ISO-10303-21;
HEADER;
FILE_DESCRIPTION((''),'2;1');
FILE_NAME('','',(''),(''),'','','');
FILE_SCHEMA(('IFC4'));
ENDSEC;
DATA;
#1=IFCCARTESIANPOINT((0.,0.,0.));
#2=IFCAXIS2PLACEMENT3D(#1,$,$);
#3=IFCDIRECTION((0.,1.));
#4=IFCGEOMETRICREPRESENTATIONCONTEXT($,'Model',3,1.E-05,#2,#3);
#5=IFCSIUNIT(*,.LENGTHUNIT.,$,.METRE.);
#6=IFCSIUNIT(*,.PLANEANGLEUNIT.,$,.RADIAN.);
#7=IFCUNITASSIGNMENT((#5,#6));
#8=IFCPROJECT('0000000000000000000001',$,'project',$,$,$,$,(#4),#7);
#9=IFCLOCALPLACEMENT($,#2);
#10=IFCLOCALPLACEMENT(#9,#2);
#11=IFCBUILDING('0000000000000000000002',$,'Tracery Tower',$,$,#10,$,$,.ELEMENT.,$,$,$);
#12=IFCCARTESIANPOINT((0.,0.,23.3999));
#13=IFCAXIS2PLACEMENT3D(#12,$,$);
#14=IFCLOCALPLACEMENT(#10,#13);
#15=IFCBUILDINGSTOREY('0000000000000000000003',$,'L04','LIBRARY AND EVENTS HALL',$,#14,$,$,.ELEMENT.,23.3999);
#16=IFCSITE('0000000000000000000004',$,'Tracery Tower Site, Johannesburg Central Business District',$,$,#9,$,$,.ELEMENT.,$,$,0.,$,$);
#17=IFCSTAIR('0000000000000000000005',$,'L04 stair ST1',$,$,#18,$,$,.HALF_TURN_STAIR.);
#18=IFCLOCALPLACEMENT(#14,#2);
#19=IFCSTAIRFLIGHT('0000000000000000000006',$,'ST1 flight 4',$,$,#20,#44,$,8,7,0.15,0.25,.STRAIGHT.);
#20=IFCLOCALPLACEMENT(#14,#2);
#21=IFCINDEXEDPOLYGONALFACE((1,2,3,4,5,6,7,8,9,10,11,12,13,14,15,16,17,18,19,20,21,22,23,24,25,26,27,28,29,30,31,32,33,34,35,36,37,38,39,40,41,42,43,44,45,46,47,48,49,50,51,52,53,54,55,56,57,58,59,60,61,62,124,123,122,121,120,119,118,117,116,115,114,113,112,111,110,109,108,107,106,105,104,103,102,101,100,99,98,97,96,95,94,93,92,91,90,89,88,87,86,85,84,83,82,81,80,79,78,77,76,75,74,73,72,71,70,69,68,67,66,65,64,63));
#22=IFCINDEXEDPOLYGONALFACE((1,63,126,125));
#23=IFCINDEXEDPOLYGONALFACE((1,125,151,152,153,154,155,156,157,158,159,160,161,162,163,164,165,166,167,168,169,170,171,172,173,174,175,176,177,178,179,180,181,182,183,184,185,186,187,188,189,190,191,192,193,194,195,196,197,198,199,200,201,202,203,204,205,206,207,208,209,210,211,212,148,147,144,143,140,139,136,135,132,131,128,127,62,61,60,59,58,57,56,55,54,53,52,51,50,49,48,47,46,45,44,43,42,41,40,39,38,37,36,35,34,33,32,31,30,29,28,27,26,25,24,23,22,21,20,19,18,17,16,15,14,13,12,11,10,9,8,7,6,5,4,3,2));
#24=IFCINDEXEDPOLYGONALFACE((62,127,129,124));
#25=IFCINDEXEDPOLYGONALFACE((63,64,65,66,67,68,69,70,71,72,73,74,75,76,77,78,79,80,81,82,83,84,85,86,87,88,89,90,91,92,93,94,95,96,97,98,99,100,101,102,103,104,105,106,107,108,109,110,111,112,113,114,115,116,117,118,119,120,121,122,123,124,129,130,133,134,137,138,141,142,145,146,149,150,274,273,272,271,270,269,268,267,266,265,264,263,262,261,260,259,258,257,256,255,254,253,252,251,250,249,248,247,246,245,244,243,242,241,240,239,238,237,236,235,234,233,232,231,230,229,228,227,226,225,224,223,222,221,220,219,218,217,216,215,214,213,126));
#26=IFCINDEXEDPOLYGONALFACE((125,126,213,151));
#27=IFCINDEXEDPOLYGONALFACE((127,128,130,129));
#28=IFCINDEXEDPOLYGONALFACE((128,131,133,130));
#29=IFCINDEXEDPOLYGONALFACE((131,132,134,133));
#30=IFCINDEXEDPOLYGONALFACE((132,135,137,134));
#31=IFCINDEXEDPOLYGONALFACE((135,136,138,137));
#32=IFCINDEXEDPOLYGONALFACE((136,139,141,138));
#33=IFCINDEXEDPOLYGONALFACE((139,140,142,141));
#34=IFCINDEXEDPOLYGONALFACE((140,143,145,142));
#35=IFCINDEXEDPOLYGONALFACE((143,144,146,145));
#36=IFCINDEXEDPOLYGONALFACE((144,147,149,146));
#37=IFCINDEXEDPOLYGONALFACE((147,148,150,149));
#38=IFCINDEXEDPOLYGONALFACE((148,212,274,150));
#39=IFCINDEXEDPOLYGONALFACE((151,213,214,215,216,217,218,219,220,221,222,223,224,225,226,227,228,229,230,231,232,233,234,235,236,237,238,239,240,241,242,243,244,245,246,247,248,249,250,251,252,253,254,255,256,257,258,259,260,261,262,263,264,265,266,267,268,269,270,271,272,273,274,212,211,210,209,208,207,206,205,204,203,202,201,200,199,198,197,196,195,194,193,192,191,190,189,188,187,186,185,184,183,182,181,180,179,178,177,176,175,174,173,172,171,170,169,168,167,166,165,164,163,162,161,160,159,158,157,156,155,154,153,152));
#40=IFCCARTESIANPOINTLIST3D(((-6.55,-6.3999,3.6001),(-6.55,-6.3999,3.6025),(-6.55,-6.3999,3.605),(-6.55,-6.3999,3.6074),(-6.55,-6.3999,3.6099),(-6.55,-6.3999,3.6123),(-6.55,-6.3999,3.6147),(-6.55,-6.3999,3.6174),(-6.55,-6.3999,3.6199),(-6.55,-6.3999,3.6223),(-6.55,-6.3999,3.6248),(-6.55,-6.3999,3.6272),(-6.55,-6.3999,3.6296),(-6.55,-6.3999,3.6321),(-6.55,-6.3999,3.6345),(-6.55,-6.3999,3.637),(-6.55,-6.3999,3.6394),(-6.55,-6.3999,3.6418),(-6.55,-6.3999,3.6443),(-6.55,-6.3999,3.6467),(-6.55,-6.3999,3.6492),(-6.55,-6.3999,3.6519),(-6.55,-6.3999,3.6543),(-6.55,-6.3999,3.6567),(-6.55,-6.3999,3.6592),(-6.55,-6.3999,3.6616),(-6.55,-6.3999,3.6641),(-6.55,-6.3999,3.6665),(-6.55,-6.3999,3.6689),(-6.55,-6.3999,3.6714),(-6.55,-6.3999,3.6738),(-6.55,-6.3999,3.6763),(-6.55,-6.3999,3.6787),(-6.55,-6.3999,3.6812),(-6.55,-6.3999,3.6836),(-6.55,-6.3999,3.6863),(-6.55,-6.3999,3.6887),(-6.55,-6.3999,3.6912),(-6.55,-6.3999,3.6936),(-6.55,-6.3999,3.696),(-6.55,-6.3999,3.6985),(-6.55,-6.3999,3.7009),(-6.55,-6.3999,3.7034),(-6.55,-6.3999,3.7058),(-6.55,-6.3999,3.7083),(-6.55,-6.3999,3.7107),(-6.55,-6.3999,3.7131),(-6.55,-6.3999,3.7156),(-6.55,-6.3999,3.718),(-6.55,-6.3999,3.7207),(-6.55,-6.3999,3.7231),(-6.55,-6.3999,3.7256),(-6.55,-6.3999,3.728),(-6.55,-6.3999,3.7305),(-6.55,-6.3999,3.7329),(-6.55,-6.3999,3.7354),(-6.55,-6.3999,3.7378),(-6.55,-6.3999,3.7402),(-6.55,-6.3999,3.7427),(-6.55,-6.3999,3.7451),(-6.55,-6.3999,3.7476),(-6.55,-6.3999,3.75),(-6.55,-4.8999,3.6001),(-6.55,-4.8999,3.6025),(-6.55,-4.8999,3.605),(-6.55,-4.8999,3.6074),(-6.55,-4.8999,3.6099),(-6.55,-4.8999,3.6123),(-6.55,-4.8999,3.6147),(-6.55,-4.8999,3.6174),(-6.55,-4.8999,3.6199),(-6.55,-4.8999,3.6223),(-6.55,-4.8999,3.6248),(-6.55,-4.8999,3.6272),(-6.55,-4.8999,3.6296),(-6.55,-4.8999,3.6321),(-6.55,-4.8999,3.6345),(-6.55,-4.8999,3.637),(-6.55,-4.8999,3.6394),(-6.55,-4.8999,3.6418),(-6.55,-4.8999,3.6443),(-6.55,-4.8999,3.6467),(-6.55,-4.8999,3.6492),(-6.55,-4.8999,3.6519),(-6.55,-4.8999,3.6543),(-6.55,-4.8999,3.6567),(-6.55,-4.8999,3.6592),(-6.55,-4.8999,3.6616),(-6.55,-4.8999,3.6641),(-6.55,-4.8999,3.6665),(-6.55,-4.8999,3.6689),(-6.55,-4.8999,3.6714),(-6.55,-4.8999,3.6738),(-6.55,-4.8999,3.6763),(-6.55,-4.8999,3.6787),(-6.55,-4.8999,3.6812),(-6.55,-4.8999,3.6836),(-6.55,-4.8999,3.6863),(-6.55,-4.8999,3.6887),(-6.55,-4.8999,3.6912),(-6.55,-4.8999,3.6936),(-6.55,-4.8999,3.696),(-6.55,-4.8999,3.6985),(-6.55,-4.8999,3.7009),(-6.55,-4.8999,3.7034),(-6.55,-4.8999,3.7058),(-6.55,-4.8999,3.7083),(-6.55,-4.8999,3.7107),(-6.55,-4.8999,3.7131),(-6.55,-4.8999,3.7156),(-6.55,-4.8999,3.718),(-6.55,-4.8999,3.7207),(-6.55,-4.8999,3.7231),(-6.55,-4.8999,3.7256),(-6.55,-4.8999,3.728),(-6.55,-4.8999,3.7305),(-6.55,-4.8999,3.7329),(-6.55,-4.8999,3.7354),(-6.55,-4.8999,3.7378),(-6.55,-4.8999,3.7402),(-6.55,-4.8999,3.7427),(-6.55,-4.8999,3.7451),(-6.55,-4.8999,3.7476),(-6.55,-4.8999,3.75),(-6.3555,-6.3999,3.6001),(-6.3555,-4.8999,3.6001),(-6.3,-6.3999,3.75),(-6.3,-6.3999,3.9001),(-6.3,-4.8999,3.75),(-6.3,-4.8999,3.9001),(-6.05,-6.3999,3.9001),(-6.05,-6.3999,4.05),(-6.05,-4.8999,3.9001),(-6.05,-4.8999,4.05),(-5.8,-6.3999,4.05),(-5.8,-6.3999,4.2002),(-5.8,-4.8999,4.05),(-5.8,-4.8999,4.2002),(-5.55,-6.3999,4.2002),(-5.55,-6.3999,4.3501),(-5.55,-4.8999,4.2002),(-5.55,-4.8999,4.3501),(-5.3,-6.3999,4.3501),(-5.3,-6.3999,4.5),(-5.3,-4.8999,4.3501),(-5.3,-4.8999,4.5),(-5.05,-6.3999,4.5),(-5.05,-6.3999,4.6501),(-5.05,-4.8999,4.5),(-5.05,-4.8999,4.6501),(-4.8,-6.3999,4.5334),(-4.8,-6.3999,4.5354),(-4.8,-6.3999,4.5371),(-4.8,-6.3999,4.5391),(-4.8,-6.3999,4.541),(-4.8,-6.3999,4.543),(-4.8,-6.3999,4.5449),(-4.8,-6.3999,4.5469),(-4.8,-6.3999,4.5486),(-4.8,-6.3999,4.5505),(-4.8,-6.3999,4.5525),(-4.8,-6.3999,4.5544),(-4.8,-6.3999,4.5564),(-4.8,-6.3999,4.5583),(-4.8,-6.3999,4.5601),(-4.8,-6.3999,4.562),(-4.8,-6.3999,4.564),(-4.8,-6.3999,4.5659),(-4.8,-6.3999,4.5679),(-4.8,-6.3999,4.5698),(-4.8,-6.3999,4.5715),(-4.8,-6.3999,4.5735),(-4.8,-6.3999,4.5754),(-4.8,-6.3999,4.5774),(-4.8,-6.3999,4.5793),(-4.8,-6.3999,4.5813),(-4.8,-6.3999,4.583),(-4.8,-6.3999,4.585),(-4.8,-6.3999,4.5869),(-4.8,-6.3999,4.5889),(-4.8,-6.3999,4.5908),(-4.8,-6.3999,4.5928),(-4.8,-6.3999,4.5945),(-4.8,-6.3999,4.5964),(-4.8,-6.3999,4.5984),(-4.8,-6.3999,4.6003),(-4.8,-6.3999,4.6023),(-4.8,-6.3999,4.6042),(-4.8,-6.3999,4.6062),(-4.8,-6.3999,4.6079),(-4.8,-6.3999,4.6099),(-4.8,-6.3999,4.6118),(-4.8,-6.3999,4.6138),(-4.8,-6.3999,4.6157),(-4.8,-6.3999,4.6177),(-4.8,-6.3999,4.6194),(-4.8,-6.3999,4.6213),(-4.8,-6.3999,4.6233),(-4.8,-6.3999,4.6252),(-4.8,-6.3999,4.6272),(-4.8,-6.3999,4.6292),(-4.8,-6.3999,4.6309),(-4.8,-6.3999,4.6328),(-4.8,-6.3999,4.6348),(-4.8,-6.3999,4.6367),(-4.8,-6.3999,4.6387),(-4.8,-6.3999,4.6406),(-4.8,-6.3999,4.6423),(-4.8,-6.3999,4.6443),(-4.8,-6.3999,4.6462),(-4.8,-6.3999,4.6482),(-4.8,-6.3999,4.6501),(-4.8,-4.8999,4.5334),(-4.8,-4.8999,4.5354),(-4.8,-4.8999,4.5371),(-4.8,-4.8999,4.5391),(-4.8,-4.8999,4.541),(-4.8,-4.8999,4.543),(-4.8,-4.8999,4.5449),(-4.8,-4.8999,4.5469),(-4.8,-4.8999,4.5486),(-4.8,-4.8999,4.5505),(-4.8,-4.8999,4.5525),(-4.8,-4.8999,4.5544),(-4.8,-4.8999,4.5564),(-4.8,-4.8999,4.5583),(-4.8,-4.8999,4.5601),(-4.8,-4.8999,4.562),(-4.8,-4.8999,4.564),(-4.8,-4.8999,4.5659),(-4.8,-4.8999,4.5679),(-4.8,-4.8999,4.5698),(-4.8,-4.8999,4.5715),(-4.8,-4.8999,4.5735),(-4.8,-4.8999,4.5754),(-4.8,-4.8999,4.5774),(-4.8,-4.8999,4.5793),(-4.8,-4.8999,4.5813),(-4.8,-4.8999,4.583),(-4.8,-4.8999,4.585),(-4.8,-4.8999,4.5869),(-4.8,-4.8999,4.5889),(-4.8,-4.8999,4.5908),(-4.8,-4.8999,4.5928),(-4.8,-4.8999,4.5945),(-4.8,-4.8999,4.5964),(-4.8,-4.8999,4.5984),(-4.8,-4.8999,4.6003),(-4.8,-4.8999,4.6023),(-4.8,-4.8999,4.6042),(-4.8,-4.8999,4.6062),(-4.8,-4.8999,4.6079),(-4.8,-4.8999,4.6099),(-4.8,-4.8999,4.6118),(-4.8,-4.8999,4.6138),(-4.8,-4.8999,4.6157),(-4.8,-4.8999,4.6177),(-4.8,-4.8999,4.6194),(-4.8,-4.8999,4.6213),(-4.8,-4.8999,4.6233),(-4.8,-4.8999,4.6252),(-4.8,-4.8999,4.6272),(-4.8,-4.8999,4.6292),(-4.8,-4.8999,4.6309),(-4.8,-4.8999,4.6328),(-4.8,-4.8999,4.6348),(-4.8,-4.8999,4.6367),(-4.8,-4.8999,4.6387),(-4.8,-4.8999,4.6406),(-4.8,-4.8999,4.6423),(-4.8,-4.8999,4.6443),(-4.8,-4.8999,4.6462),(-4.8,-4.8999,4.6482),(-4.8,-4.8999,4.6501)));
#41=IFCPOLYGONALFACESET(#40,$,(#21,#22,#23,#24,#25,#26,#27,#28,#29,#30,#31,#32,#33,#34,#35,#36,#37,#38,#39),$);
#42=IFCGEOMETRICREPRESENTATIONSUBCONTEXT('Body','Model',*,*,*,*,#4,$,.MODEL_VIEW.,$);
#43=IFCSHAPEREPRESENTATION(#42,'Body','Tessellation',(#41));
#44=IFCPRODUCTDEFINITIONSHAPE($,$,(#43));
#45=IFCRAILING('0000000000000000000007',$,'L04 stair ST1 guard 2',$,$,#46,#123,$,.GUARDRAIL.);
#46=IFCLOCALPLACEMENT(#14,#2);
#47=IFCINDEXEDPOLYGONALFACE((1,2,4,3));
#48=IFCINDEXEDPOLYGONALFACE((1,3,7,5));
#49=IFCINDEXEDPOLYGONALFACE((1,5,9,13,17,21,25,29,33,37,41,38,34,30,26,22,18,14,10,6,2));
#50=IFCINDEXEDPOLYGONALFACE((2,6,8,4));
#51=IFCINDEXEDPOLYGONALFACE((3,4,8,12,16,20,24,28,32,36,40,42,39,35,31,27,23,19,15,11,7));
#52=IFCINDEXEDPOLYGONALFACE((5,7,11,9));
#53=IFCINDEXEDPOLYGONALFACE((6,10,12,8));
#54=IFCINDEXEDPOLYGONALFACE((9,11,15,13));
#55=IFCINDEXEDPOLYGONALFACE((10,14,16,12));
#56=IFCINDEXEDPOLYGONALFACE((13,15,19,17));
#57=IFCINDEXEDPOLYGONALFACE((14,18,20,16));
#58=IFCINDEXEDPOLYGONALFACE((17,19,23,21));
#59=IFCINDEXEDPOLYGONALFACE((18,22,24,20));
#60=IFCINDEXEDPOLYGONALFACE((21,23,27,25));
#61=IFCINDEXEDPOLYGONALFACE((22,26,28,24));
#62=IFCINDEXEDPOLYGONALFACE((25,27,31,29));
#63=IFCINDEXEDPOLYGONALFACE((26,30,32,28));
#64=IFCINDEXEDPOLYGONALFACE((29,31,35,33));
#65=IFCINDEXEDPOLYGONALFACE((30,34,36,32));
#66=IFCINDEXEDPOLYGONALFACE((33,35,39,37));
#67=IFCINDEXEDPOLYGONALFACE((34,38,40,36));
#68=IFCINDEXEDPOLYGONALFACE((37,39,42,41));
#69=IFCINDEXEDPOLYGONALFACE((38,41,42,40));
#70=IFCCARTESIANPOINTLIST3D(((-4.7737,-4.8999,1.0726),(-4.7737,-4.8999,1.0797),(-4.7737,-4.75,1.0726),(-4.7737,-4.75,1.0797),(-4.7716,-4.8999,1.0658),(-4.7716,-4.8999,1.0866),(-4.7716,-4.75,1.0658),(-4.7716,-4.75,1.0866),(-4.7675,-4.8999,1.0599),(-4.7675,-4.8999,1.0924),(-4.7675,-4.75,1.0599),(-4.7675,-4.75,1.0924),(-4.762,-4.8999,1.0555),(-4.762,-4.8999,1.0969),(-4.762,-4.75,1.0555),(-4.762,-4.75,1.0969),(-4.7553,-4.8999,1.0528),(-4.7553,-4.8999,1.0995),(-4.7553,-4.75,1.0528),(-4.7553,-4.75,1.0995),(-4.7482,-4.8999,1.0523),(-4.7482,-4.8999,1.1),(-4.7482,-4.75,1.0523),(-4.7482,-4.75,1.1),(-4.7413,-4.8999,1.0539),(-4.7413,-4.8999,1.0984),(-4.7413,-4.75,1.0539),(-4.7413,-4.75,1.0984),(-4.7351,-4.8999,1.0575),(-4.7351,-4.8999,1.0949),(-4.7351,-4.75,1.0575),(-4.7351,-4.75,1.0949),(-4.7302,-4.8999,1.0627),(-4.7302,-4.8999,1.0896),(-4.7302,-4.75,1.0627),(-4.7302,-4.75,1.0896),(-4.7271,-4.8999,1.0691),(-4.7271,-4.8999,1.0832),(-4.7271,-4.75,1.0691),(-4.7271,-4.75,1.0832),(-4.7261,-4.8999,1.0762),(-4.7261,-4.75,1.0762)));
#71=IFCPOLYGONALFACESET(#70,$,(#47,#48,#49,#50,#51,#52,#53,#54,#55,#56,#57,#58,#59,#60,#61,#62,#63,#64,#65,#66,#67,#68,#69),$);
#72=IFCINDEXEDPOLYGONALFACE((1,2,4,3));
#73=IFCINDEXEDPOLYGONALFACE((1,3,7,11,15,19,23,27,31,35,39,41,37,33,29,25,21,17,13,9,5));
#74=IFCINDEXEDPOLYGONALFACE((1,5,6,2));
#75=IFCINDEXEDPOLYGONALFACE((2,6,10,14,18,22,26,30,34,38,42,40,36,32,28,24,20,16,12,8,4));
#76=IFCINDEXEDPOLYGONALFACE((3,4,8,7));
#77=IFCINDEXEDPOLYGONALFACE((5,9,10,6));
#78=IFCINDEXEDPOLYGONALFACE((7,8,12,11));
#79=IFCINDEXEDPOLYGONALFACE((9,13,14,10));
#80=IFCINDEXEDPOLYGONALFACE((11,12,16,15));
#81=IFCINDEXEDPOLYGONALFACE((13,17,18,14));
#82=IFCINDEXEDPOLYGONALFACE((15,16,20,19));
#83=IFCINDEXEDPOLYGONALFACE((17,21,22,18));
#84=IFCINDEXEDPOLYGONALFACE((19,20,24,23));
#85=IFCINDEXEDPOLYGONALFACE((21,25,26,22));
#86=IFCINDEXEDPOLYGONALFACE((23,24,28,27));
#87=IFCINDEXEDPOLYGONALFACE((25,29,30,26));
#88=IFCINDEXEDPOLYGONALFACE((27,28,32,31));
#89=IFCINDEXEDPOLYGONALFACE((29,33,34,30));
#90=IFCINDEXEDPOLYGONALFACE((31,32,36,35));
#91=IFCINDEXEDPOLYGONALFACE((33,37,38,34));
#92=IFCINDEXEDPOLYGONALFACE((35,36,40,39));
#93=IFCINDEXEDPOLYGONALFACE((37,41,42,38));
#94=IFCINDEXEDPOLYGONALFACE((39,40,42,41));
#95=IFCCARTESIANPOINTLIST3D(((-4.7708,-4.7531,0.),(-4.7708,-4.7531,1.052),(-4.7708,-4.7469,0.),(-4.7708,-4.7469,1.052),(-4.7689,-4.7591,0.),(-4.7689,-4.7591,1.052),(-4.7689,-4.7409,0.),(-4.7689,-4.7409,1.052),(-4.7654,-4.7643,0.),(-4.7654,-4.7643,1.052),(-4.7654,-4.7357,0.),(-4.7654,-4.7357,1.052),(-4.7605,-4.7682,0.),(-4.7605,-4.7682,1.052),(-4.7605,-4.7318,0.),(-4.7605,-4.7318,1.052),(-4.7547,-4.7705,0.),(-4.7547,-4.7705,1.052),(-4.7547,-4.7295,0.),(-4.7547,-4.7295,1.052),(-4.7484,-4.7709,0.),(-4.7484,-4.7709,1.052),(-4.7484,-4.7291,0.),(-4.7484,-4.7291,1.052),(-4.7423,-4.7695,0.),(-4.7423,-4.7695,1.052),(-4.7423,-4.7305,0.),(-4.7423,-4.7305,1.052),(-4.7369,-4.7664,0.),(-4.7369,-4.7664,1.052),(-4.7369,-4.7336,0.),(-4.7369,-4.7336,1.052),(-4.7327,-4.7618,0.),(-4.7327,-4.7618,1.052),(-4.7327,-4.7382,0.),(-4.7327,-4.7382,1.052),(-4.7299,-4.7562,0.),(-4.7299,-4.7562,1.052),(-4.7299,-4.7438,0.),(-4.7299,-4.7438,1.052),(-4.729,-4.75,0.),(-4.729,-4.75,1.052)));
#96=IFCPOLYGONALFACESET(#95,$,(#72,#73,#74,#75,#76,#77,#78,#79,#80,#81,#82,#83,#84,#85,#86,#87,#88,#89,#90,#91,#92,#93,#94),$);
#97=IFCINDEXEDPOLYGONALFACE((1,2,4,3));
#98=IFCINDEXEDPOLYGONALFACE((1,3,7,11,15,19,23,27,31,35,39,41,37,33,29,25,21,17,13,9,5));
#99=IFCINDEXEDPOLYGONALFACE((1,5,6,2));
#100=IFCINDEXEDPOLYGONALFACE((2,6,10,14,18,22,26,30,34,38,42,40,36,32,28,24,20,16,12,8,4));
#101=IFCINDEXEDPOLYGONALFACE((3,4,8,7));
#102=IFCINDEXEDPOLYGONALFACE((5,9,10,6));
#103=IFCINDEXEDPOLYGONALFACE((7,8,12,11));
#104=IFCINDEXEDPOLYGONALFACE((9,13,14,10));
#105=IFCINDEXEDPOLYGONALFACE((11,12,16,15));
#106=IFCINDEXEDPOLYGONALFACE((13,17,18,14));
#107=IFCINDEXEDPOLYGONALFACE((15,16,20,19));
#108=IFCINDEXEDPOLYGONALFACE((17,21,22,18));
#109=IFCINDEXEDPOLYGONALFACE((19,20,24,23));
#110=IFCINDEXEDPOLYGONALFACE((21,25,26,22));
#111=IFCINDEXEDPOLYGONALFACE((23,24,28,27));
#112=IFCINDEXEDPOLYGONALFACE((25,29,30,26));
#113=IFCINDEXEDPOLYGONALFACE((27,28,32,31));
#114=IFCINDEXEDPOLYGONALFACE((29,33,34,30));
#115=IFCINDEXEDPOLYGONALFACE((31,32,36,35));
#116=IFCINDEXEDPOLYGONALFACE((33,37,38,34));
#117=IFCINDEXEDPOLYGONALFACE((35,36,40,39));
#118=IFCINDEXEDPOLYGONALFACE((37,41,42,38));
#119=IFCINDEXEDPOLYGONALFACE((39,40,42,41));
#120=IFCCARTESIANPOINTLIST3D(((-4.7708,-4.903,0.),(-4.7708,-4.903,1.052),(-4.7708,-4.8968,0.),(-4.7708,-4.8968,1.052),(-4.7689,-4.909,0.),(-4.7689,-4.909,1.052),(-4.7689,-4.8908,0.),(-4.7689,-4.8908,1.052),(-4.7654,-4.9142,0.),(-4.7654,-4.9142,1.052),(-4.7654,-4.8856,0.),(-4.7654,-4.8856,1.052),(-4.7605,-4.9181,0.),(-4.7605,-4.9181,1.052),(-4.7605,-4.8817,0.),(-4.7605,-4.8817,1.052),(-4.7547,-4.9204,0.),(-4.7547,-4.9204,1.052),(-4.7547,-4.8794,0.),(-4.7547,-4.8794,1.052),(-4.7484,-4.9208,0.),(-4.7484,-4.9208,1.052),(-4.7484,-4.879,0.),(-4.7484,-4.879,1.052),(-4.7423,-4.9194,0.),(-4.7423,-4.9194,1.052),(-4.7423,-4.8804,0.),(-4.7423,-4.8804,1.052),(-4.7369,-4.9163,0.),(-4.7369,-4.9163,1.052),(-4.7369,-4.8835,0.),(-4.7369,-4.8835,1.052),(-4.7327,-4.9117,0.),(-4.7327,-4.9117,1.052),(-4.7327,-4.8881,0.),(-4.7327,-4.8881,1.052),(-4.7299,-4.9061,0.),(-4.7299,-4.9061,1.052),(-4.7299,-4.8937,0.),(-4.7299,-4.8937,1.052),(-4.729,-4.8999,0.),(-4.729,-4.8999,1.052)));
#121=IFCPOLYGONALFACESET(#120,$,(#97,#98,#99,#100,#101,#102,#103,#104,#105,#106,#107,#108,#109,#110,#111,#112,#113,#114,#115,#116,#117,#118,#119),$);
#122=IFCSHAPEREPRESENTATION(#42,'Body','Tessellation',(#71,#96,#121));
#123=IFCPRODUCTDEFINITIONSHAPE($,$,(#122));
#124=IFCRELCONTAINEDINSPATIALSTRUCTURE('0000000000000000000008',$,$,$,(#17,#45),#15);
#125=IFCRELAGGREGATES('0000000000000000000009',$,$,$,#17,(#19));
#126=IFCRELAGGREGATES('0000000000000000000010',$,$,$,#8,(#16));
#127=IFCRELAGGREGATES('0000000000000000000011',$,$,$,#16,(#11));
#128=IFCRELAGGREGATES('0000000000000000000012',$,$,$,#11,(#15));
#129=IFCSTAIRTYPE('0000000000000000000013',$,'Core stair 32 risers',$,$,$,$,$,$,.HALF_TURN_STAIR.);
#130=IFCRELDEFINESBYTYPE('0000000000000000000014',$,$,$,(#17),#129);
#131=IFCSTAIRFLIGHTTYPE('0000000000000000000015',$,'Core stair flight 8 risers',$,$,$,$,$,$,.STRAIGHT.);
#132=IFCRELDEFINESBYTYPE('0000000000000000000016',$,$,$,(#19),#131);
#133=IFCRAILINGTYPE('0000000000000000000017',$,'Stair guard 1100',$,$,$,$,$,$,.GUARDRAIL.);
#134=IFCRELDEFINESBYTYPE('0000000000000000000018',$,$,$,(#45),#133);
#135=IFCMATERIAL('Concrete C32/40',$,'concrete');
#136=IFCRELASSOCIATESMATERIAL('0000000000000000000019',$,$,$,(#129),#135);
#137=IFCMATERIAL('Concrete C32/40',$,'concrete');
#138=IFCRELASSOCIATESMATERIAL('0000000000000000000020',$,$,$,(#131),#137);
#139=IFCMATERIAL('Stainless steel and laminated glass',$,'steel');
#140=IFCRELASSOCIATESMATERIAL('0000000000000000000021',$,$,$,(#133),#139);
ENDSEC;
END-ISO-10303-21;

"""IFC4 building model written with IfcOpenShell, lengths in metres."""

from ifc_helpers import new_model, si_unit, direction, frame, origin, origin_2d, place, context, subcontext, project, spatial, polyline, circle, outline, extrude, material, type_object, element, aggregate, save


model = new_model("IFC4")

# Units and contexts
model_context = context("Model", 3, precision=1e-05, world=origin(), true_north=direction((0.0, 1.0)))
body_context = subcontext(model_context, "Body", "Model", "MODEL_VIEW")
ifc_project = project(units=[si_unit("LENGTHUNIT", "METRE"), si_unit("PLANEANGLEUNIT", "RADIAN")], contexts=[model_context])

# Site, building, storey
site_placement = place(None, origin())
site = spatial("IfcSite", under=ifc_project, at=site_placement, Name="Tracery Tower Site, Johannesburg Central Business District", CompositionType="ELEMENT", RefElevation=0.0)
building_placement = place(site_placement, origin())
building = spatial("IfcBuilding", under=site, at=building_placement, Name="Tracery Tower", CompositionType="ELEMENT")
storey_placement = place(building_placement, frame((0.0, 0.0, 23.3999)))
storey = spatial("IfcBuildingStorey", under=building, at=storey_placement, Name="L04", Description="LIBRARY AND EVENTS HALL", CompositionType="ELEMENT", Elevation=23.3999)

# Stair, stair flight
ifc_material_1 = material(Name="Concrete C32/40", Category="concrete")
stair_type = type_object("IfcStairType", Name="Core stair 32 risers", PredefinedType="HALF_TURN_STAIR", material=ifc_material_1)
stair_placement = place(storey_placement, origin())
stair = element("IfcStair", 1, at=stair_placement, inside=storey, type_object=stair_type, Name="L04 stair ST1", PredefinedType="HALF_TURN_STAIR")
ifc_material_2 = material(Name="Concrete C32/40", Category="concrete")
stair_flight_type = type_object("IfcStairFlightType", Name="Core stair flight 8 risers", PredefinedType="STRAIGHT", material=ifc_material_2)
stair_flight_1_placement = place(storey_placement, frame((-6.55, -5.6499, 3.6001), z_axis=(0.0, 0.0, 1.0), x_axis=(1.0, 0.0, 0.0)))
stair_flight_1 = element("IfcStairFlight", 2, at=stair_flight_1_placement, type_object=stair_flight_type, Name="ST1 flight 4", NumberOfRisers=8, NumberOfTreads=7, PredefinedType="STRAIGHT", RiserHeight=0.15, TreadLength=0.25, context=body_context, shape_type="SweptSolid", body=[
    extrude(outline(polyline([(0.0, 0.0), (0.0, 0.0024), (0.0, 0.0049), (0.0, 0.0073), (0.0, 0.0098), (0.0, 0.0122), (0.0, 0.0146), (0.0, 0.0173), (0.0, 0.0198), (0.0, 0.0222), (0.0, 0.0247), (0.0, 0.0271), (0.0, 0.0295), (0.0, 0.032), (0.0, 0.0344), (0.0, 0.0369), (0.0, 0.0393), (0.0, 0.0417), (0.0, 0.0442), (0.0, 0.0466), (0.0, 0.0491), (0.0, 0.0518), (0.0, 0.0542), (0.0, 0.0566), (0.0, 0.0591), (0.0, 0.0615), (0.0, 0.064), (0.0, 0.0664), (0.0, 0.0688), (0.0, 0.0713), (0.0, 0.0737), (0.0, 0.0762), (0.0, 0.0786), (0.0, 0.0811), (0.0, 0.0835), (0.0, 0.0862), (0.0, 0.0886), (0.0, 0.0911), (0.0, 0.0935), (0.0, 0.0959), (0.0, 0.0984), (0.0, 0.1008), (0.0, 0.1033), (0.0, 0.1057), (0.0, 0.1082), (0.0, 0.1106), (0.0, 0.113), (0.0, 0.1155), (0.0, 0.1179), (0.0, 0.1206), (0.0, 0.123), (0.0, 0.1255), (0.0, 0.1279), (0.0, 0.1304), (0.0, 0.1328), (0.0, 0.1353), (0.0, 0.1377), (0.0, 0.1401), (0.0, 0.1426), (0.0, 0.145), (0.0, 0.1475), (0.0, 0.1499), (0.25, 0.1499), (0.25, 0.3), (0.5, 0.3), (0.5, 0.45), (0.75, 0.45), (0.75, 0.6001), (1.0, 0.6001), (1.0, 0.75), (1.25, 0.75), (1.25, 0.8999), (1.5, 0.8999), (1.5, 1.05), (1.75, 1.05), (1.75, 1.0481), (1.75, 1.0461), (1.75, 1.0442), (1.75, 1.0422), (1.75, 1.0405), (1.75, 1.0386), (1.75, 1.0366), (1.75, 1.0347), (1.75, 1.0327), (1.75, 1.0308), (1.75, 1.0291), (1.75, 1.0271), (1.75, 1.0251), (1.75, 1.0232), (1.75, 1.0212), (1.75, 1.0193), (1.75, 1.0176), (1.75, 1.0156), (1.75, 1.0137), (1.75, 1.0117), (1.75, 1.0098), (1.75, 1.0078), (1.75, 1.0061), (1.75, 1.0042), (1.75, 1.0022), (1.75, 1.0002), (1.75, 0.9983), (1.75, 0.9963), (1.75, 0.9944), (1.75, 0.9927), (1.75, 0.9907), (1.75, 0.9888), (1.75, 0.9868), (1.75, 0.9849), (1.75, 0.9829), (1.75, 0.9812), (1.75, 0.9792), (1.75, 0.9773), (1.75, 0.9753), (1.75, 0.9734), (1.75, 0.9714), (1.75, 0.9697), (1.75, 0.9678), (1.75, 0.9658), (1.75, 0.9639), (1.75, 0.9619), (1.75, 0.96), (1.75, 0.9583), (1.75, 0.9563), (1.75, 0.9543), (1.75, 0.9524), (1.75, 0.9504), (1.75, 0.9485), (1.75, 0.9468), (1.75, 0.9448), (1.75, 0.9429), (1.75, 0.9409), (1.75, 0.939), (1.75, 0.937), (1.75, 0.9353), (1.75, 0.9333), (0.1946, 0.0), (0.0, 0.0)])), frame((0.0, 0.75, 0.0), z_axis=(0.0, -1.0, 0.0), x_axis=(1.0, 0.0, 0.0)), (0.0, 0.0, 1.0), 1.5),
])
aggregate(stair, [stair_flight_1])

# Railing
ifc_material_3 = material(Name="Stainless steel and laminated glass", Category="steel")
railing_type_1 = type_object("IfcRailingType", Name="Stair guard 1100", PredefinedType="GUARDRAIL", material=ifc_material_3)
railing_1_placement = place(storey_placement, frame((-4.75, -4.75, 0.0)))
element("IfcRailing", 3, at=railing_1_placement, inside=storey, type_object=railing_type_1, Name="L04 stair ST1 guard 2", PredefinedType="GUARDRAIL", context=body_context, shape_type="SweptSolid", body=[
    extrude(circle(Radius=0.0239, at=origin_2d()), frame((0.0, 0.0, 1.0762), z_axis=(0.0, -1.0, 0.0), x_axis=(1.0, 0.0, 0.0)), (0.0, 0.0, 1.0), 0.1499),
    extrude(circle(Radius=0.021, at=origin_2d()), origin(), (0.0, 0.0, 1.0), 1.052),
    extrude(circle(Radius=0.021, at=origin_2d()), frame((0.0, -0.1499, 0.0)), (0.0, 0.0, 1.0), 1.052),
])

save(model, "model.ifc")
